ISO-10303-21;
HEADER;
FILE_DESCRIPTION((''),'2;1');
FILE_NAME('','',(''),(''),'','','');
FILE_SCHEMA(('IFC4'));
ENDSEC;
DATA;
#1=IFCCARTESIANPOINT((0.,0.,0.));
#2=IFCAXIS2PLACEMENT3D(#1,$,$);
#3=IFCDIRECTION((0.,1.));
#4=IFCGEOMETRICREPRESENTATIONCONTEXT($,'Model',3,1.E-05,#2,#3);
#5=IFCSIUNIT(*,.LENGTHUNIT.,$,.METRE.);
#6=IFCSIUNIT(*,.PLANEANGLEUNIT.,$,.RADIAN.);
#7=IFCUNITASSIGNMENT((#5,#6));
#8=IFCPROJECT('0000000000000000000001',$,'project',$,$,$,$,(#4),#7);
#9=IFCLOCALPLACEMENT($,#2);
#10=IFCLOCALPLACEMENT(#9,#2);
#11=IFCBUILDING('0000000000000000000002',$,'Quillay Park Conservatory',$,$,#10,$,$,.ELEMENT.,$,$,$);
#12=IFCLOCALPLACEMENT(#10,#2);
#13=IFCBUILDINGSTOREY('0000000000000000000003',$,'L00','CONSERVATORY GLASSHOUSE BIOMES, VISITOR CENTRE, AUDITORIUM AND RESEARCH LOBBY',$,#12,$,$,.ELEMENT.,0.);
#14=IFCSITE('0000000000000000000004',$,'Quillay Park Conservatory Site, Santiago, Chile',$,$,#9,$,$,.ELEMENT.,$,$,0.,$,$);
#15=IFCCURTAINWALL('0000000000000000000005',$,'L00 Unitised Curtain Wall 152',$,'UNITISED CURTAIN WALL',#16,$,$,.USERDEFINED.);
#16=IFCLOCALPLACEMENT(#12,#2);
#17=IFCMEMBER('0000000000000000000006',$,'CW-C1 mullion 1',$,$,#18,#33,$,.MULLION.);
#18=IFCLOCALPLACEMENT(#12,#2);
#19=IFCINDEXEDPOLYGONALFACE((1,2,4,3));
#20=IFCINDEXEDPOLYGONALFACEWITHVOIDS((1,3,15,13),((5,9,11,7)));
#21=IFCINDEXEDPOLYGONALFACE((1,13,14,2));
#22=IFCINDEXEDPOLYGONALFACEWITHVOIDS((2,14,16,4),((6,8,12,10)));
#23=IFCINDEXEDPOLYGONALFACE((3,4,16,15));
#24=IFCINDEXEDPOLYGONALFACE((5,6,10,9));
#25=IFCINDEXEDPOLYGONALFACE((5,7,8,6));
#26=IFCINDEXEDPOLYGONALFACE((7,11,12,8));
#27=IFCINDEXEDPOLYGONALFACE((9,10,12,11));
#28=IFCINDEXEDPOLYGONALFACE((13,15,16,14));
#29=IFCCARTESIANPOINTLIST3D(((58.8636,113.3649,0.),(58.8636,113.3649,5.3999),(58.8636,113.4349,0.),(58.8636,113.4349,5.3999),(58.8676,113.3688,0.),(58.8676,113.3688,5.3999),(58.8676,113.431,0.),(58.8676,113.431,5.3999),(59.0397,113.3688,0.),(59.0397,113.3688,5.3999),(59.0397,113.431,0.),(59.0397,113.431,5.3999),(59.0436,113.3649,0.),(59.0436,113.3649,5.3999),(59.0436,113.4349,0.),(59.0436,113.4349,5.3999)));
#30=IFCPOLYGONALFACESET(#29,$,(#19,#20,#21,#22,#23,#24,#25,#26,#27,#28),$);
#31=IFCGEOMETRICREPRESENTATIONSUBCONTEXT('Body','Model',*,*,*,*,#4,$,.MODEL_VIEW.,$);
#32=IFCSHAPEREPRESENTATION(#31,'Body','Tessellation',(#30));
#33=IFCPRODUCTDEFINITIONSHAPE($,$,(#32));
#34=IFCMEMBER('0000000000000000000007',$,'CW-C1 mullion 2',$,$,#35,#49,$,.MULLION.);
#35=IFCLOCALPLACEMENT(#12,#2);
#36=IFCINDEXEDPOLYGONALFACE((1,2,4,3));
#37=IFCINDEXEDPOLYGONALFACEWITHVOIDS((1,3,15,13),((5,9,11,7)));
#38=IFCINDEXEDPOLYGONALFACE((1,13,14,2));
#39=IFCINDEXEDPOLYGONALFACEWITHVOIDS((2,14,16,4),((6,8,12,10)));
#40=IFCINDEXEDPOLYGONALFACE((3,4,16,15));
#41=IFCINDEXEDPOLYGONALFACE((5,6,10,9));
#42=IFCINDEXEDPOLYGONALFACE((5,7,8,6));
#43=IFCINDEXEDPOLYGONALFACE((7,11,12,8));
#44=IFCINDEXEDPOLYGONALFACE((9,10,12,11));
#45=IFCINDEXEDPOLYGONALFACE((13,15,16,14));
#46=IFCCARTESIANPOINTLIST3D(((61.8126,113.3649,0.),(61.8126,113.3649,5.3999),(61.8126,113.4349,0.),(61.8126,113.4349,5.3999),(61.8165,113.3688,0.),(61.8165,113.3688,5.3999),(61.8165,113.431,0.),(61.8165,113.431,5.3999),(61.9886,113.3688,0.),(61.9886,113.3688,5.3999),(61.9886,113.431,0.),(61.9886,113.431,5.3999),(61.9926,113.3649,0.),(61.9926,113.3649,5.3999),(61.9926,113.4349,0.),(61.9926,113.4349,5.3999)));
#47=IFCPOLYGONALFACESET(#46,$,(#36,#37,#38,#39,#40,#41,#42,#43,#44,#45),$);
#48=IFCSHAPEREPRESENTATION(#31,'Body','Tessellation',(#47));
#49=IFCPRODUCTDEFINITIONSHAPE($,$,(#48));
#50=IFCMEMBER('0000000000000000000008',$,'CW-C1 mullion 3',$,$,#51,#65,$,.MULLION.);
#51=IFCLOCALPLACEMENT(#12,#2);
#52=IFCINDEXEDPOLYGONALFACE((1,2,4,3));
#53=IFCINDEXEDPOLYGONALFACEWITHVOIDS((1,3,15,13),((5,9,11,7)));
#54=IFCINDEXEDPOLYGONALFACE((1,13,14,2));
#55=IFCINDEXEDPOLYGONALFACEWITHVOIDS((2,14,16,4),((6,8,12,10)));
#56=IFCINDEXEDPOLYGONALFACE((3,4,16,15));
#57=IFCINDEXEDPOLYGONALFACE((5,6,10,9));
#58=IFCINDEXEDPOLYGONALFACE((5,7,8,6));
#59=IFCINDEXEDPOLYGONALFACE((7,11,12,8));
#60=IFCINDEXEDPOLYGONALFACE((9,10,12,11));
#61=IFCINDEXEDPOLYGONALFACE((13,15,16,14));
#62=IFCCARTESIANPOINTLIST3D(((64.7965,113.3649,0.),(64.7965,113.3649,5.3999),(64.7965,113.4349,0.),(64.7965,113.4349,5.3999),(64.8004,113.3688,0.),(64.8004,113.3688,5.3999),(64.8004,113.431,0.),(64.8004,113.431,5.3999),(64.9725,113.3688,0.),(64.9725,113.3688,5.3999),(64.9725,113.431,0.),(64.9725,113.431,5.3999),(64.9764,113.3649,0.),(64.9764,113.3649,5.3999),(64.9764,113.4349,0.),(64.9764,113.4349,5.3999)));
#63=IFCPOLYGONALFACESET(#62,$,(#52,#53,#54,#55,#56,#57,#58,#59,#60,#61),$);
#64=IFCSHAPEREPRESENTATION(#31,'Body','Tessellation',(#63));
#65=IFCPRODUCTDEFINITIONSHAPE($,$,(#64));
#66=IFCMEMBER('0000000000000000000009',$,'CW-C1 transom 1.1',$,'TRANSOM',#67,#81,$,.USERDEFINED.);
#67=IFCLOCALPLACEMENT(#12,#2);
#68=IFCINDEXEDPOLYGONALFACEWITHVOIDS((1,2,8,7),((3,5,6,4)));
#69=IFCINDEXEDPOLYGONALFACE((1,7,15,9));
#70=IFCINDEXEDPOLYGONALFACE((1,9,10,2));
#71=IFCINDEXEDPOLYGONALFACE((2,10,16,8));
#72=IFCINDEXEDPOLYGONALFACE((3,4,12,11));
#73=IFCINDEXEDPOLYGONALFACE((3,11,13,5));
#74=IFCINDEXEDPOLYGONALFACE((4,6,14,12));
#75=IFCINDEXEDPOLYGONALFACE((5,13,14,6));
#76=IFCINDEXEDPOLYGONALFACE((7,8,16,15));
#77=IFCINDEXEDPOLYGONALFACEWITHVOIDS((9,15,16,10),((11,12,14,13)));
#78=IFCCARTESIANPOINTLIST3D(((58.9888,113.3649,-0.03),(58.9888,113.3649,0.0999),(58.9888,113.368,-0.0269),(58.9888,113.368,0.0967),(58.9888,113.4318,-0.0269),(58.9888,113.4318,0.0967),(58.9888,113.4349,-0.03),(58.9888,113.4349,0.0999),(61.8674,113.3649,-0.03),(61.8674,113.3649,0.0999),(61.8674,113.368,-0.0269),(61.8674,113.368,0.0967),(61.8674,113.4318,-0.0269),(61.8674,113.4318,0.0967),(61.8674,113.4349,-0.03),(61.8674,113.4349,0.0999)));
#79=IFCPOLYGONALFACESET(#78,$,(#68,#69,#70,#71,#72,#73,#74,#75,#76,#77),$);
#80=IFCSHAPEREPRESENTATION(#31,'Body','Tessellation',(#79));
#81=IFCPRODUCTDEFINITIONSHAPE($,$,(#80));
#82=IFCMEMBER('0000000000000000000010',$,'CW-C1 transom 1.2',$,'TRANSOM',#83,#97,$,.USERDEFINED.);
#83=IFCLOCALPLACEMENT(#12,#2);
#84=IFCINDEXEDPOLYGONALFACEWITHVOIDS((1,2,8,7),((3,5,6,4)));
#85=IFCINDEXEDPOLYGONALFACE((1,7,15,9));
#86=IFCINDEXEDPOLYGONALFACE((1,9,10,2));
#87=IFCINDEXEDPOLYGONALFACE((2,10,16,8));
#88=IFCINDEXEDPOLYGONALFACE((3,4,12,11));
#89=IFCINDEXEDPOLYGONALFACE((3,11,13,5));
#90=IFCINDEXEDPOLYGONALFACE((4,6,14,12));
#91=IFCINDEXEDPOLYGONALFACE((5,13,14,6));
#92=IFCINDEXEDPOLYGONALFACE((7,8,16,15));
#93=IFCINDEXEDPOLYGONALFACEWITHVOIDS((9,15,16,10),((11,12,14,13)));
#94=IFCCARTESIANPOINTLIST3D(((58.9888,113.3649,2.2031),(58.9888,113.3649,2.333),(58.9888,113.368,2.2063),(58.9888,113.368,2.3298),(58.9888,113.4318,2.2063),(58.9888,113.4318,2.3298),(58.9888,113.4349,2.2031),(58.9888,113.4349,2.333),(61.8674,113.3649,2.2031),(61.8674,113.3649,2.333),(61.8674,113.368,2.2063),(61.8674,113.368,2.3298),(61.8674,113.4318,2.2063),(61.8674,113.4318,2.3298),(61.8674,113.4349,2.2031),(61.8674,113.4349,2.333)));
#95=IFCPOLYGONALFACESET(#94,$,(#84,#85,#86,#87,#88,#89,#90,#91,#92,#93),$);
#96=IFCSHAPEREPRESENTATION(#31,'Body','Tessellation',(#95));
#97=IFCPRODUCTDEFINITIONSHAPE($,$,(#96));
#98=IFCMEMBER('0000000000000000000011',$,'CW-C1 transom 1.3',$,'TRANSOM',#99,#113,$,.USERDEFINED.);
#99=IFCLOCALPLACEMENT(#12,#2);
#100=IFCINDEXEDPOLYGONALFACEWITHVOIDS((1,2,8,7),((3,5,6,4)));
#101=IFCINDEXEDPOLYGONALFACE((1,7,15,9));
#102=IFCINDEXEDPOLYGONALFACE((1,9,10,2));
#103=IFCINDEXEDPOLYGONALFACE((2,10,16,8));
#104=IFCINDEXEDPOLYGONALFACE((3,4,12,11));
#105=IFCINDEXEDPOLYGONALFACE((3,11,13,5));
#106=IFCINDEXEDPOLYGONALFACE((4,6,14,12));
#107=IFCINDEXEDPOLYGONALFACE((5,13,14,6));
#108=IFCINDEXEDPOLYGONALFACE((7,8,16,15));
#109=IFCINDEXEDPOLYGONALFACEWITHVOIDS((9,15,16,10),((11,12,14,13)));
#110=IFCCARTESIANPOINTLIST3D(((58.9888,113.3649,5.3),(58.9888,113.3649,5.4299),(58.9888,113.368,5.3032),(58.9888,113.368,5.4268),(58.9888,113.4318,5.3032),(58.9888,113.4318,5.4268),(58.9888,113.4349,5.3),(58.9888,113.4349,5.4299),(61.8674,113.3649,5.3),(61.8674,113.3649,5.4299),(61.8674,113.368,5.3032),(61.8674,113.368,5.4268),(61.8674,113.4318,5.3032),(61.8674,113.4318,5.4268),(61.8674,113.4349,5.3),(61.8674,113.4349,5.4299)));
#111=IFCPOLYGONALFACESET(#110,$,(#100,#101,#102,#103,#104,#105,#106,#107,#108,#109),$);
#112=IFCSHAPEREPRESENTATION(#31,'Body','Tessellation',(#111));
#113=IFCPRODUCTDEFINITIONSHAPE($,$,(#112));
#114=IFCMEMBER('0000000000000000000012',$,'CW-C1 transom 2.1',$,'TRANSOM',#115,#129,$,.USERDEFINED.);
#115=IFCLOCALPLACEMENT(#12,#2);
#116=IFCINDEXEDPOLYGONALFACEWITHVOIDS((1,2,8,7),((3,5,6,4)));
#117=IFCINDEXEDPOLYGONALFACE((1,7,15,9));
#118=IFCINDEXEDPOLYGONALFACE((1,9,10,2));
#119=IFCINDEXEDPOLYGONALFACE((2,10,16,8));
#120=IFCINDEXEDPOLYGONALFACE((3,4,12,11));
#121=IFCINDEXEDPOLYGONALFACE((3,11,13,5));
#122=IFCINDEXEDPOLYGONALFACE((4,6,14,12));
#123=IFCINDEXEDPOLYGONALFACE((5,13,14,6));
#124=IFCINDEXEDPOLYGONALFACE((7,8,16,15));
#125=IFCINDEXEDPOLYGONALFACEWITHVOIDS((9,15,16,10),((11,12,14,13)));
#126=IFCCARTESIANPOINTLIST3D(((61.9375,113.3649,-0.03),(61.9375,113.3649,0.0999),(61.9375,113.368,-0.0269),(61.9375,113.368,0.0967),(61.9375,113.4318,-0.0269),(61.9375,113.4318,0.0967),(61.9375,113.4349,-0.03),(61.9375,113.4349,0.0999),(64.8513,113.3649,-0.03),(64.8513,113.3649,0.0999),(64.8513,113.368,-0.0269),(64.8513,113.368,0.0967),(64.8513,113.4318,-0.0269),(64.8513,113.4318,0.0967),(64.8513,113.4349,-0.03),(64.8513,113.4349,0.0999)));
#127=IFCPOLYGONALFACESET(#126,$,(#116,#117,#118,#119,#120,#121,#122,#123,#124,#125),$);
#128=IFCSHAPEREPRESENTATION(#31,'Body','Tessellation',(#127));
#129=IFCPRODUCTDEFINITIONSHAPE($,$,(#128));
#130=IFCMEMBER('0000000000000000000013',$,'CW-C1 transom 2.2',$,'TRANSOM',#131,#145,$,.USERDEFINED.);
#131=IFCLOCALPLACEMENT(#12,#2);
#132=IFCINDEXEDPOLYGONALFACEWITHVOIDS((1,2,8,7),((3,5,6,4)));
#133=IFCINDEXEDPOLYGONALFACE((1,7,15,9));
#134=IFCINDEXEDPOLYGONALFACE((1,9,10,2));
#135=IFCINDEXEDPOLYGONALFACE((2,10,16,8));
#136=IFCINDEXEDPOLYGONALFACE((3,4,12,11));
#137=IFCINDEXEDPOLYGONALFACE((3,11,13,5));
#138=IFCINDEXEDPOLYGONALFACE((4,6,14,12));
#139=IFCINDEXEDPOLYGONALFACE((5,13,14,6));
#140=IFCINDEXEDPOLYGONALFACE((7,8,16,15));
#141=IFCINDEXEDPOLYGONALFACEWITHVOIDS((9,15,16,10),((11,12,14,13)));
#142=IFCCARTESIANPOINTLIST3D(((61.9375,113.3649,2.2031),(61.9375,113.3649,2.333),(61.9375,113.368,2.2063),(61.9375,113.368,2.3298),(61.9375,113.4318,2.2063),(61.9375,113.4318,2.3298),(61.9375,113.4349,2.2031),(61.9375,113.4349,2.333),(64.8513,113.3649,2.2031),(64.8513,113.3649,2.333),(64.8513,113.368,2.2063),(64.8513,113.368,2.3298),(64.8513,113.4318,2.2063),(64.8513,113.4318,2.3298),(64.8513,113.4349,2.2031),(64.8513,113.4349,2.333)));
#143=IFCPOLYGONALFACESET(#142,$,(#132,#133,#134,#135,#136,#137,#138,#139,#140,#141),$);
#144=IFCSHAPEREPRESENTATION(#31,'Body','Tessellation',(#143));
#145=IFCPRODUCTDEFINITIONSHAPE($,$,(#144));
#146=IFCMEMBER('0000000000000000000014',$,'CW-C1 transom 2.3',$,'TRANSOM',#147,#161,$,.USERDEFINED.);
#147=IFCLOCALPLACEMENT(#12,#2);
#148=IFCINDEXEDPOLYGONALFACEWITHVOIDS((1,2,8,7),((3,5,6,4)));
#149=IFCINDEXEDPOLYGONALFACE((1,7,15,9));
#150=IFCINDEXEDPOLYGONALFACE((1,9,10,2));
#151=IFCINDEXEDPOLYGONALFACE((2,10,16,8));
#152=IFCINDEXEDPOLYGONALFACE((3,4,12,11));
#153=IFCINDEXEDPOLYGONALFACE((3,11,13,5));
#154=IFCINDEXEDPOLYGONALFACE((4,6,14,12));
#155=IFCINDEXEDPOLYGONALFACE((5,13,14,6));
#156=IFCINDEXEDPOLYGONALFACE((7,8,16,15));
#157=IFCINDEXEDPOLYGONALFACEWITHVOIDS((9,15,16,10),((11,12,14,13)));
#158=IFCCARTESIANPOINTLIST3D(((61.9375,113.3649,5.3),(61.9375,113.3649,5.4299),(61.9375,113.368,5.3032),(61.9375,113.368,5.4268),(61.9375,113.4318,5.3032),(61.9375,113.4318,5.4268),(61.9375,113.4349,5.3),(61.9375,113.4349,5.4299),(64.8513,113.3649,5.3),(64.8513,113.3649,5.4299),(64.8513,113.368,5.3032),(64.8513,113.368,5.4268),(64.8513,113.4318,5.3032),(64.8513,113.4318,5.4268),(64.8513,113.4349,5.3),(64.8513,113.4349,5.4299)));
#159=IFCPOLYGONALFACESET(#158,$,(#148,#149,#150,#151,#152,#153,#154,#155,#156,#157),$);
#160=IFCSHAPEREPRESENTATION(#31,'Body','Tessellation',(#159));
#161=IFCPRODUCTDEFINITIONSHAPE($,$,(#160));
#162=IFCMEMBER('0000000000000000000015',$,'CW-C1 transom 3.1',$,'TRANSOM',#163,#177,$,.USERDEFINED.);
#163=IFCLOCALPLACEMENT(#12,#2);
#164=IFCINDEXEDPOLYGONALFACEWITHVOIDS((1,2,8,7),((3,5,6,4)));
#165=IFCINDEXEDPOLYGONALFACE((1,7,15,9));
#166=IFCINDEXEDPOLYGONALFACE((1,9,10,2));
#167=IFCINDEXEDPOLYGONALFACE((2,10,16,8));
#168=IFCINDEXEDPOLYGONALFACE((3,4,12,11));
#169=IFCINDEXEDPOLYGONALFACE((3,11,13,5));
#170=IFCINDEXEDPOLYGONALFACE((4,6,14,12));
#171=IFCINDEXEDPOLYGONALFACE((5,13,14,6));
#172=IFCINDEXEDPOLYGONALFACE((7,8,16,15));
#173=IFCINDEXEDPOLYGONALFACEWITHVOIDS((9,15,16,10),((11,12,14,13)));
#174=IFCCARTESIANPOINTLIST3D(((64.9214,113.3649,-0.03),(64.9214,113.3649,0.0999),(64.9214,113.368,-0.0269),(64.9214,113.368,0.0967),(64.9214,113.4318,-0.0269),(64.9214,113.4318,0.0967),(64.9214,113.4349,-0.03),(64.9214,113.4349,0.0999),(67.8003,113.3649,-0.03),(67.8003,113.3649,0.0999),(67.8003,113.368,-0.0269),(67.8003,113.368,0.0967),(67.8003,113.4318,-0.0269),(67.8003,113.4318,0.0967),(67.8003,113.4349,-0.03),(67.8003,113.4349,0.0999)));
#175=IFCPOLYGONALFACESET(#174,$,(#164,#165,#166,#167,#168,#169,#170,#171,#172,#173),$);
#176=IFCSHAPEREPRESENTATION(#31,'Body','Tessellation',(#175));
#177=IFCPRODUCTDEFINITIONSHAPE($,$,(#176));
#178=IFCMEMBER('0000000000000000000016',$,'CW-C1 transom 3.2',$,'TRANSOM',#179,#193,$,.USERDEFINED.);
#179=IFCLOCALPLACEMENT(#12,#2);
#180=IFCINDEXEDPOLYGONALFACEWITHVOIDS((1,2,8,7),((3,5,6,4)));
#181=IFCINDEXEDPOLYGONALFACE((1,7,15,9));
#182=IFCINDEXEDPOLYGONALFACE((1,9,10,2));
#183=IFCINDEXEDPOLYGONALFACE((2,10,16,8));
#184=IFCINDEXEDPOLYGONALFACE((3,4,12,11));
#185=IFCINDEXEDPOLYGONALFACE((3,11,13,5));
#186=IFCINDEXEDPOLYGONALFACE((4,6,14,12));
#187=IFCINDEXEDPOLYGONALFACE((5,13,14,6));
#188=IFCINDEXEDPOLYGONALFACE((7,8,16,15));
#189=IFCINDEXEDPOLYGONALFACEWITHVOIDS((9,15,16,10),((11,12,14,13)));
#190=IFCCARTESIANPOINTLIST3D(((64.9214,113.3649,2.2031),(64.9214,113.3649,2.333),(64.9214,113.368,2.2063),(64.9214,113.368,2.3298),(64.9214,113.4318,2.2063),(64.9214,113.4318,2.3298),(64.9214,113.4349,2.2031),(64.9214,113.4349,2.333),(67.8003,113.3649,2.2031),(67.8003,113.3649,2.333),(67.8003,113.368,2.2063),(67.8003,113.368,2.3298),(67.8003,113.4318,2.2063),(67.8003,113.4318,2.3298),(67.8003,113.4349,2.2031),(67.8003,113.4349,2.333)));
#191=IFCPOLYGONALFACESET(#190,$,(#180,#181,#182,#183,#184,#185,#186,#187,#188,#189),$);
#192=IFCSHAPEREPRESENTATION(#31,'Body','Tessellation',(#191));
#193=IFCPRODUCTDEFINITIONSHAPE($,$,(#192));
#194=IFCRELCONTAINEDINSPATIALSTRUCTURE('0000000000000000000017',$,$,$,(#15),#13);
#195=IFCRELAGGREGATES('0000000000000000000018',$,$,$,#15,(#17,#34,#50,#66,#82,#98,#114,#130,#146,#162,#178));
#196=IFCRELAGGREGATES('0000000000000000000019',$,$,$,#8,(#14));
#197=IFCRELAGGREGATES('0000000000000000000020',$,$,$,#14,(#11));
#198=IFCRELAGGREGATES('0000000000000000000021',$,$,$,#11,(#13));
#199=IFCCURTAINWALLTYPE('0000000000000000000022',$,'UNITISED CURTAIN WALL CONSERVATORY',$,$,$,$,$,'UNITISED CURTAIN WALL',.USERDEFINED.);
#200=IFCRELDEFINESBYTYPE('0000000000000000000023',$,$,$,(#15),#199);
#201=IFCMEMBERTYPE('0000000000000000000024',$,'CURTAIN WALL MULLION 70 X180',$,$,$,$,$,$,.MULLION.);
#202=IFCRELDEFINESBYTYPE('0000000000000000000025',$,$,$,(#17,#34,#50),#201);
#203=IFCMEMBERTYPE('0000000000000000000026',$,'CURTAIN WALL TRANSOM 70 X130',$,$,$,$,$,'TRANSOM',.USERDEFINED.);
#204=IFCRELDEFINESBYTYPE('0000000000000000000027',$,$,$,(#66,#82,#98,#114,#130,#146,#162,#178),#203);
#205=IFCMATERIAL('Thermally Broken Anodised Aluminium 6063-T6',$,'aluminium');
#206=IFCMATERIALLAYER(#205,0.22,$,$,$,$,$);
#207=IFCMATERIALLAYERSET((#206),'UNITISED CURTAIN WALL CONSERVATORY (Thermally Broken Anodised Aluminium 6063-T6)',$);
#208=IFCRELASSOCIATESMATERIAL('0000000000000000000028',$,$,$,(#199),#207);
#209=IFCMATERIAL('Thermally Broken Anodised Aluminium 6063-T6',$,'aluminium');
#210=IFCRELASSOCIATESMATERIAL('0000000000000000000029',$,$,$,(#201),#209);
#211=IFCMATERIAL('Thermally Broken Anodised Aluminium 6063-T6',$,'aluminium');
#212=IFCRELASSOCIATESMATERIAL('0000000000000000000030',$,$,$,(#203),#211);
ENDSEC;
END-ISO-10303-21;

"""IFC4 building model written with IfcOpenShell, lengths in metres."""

from ifc_helpers import new_model, si_unit, direction, frame, origin, origin_2d, place, context, subcontext, project, spatial, hollow_rectangle, extrude, material, layer, layer_set, material_profile, profile_set, type_object, element, aggregate, save


model = new_model("IFC4")

# Units and contexts
model_context = context("Model", 3, precision=1e-05, world=origin(), true_north=direction((0.0, 1.0)))
body_context = subcontext(model_context, "Body", "Model", "MODEL_VIEW")
ifc_project = project(units=[si_unit("LENGTHUNIT", "METRE"), si_unit("PLANEANGLEUNIT", "RADIAN")], contexts=[model_context])

# Site, building, storey
site_placement = place(None, origin())
site = spatial("IfcSite", under=ifc_project, at=site_placement, Name="Quillay Park Conservatory Site, Santiago, Chile", CompositionType="ELEMENT", RefElevation=0.0)
building_placement = place(site_placement, origin())
building = spatial("IfcBuilding", under=site, at=building_placement, Name="Quillay Park Conservatory", CompositionType="ELEMENT")
storey_placement = place(building_placement, origin())
storey = spatial("IfcBuildingStorey", under=building, at=storey_placement, Name="L00", Description="CONSERVATORY GLASSHOUSE BIOMES, VISITOR CENTRE, AUDITORIUM AND RESEARCH LOBBY", CompositionType="ELEMENT", Elevation=0.0)

# Curtain wall, members
ifc_material_1 = material(Name="Thermally Broken Anodised Aluminium 6063-T6", Category="aluminium")
ifc_layer_1 = layer(ifc_material_1, 0.22)
ifc_layer_set_1 = layer_set([ifc_layer_1], Name="UNITISED CURTAIN WALL CONSERVATORY (Thermally Broken Anodised Aluminium 6063-T6)")
curtain_wall_type = type_object("IfcCurtainWallType", Name="UNITISED CURTAIN WALL CONSERVATORY", ElementType="UNITISED CURTAIN WALL", PredefinedType="USERDEFINED", material=ifc_layer_set_1)
curtain_wall_placement = place(storey_placement, origin())
curtain_wall = element("IfcCurtainWall", 1, at=curtain_wall_placement, inside=storey, type_object=curtain_wall_type, Name="L00 Unitised Curtain Wall 152", ObjectType="UNITISED CURTAIN WALL", PredefinedType="USERDEFINED")
ifc_material_2 = material(Name="Thermally Broken Anodised Aluminium 6063-T6", Category="aluminium")
ifc_material_profile_1 = material_profile(ifc_material_2, hollow_rectangle(XDim=0.0701, YDim=0.1799, WallThickness=0.0039, at=origin_2d()), Name="AL70x180x4")
ifc_profile_set_1 = profile_set([ifc_material_profile_1], Name="Thermally Broken Anodised Aluminium 6063-T6")
member_type_1 = type_object("IfcMemberType", Name="CURTAIN WALL MULLION 70 X180", PredefinedType="MULLION", material=ifc_profile_set_1)
member_1_placement = place(storey_placement, frame((58.9536, 113.3999, 0.0), z_axis=(0.0, 0.0, 1.0), x_axis=(0.0, 1.0, 0.0)))
member_1 = element("IfcMember", 2, at=member_1_placement, type_object=member_type_1, Name="CW-C1 mullion 1", PredefinedType="MULLION", context=body_context, shape_type="SweptSolid", body=[
    extrude(hollow_rectangle(XDim=0.0701, YDim=0.1799, WallThickness=0.0039, at=origin_2d()), origin(), (0.0, 0.0, 1.0), 5.3999),
])
member_2_placement = place(storey_placement, frame((61.9026, 113.3999, 0.0), z_axis=(0.0, 0.0, 1.0), x_axis=(0.0, 1.0, 0.0)))
member_2 = element("IfcMember", 3, at=member_2_placement, type_object=member_type_1, Name="CW-C1 mullion 2", PredefinedType="MULLION", context=body_context, shape_type="SweptSolid", body=[
    extrude(hollow_rectangle(XDim=0.0701, YDim=0.1799, WallThickness=0.0039, at=origin_2d()), origin(), (0.0, 0.0, 1.0), 5.3999),
])
member_3_placement = place(storey_placement, frame((64.8865, 113.3999, 0.0), z_axis=(0.0, 0.0, 1.0), x_axis=(0.0, 1.0, 0.0)))
member_3 = element("IfcMember", 4, at=member_3_placement, type_object=member_type_1, Name="CW-C1 mullion 3", PredefinedType="MULLION", context=body_context, shape_type="SweptSolid", body=[
    extrude(hollow_rectangle(XDim=0.0701, YDim=0.1799, WallThickness=0.0039, at=origin_2d()), origin(), (0.0, 0.0, 1.0), 5.3999),
])
ifc_material_3 = material(Name="Thermally Broken Anodised Aluminium 6063-T6", Category="aluminium")
ifc_material_profile_2 = material_profile(ifc_material_3, hollow_rectangle(XDim=0.0701, YDim=0.1299, WallThickness=0.0032, at=origin_2d()), Name="AL70x130x3.2")
ifc_profile_set_2 = profile_set([ifc_material_profile_2], Name="Thermally Broken Anodised Aluminium 6063-T6")
member_type_2 = type_object("IfcMemberType", Name="CURTAIN WALL TRANSOM 70 X130", ElementType="TRANSOM", PredefinedType="USERDEFINED", material=ifc_profile_set_2)
member_4_placement = place(storey_placement, frame((58.9888, 113.3999, 0.0349), z_axis=(1.0, 0.0, 0.0), x_axis=(0.0, 1.0, 0.0)))
member_4 = element("IfcMember", 5, at=member_4_placement, type_object=member_type_2, Name="CW-C1 transom 1.1", ObjectType="TRANSOM", PredefinedType="USERDEFINED", context=body_context, shape_type="SweptSolid", body=[
    extrude(hollow_rectangle(XDim=0.0701, YDim=0.1299, WallThickness=0.0032, at=origin_2d()), origin(), (0.0, 0.0, 1.0), 2.8787),
])
member_5_placement = place(storey_placement, frame((58.9888, 113.3999, 2.2681), z_axis=(1.0, 0.0, 0.0), x_axis=(0.0, 1.0, 0.0)))
member_5 = element("IfcMember", 6, at=member_5_placement, type_object=member_type_2, Name="CW-C1 transom 1.2", ObjectType="TRANSOM", PredefinedType="USERDEFINED", context=body_context, shape_type="SweptSolid", body=[
    extrude(hollow_rectangle(XDim=0.0701, YDim=0.1299, WallThickness=0.0032, at=origin_2d()), origin(), (0.0, 0.0, 1.0), 2.8787),
])
member_6_placement = place(storey_placement, frame((58.9888, 113.3999, 5.365), z_axis=(1.0, 0.0, 0.0), x_axis=(0.0, 1.0, 0.0)))
member_6 = element("IfcMember", 7, at=member_6_placement, type_object=member_type_2, Name="CW-C1 transom 1.3", ObjectType="TRANSOM", PredefinedType="USERDEFINED", context=body_context, shape_type="SweptSolid", body=[
    extrude(hollow_rectangle(XDim=0.0701, YDim=0.1299, WallThickness=0.0032, at=origin_2d()), origin(), (0.0, 0.0, 1.0), 2.8787),
])
member_7_placement = place(storey_placement, frame((61.9375, 113.3999, 0.0349), z_axis=(1.0, 0.0, 0.0), x_axis=(0.0, 1.0, 0.0)))
member_7 = element("IfcMember", 8, at=member_7_placement, type_object=member_type_2, Name="CW-C1 transom 2.1", ObjectType="TRANSOM", PredefinedType="USERDEFINED", context=body_context, shape_type="SweptSolid", body=[
    extrude(hollow_rectangle(XDim=0.0701, YDim=0.1299, WallThickness=0.0032, at=origin_2d()), origin(), (0.0, 0.0, 1.0), 2.9138),
])
member_8_placement = place(storey_placement, frame((61.9375, 113.3999, 2.2681), z_axis=(1.0, 0.0, 0.0), x_axis=(0.0, 1.0, 0.0)))
member_8 = element("IfcMember", 9, at=member_8_placement, type_object=member_type_2, Name="CW-C1 transom 2.2", ObjectType="TRANSOM", PredefinedType="USERDEFINED", context=body_context, shape_type="SweptSolid", body=[
    extrude(hollow_rectangle(XDim=0.0701, YDim=0.1299, WallThickness=0.0032, at=origin_2d()), origin(), (0.0, 0.0, 1.0), 2.9138),
])
member_9_placement = place(storey_placement, frame((61.9375, 113.3999, 5.365), z_axis=(1.0, 0.0, 0.0), x_axis=(0.0, 1.0, 0.0)))
member_9 = element("IfcMember", 10, at=member_9_placement, type_object=member_type_2, Name="CW-C1 transom 2.3", ObjectType="TRANSOM", PredefinedType="USERDEFINED", context=body_context, shape_type="SweptSolid", body=[
    extrude(hollow_rectangle(XDim=0.0701, YDim=0.1299, WallThickness=0.0032, at=origin_2d()), origin(), (0.0, 0.0, 1.0), 2.9138),
])
member_10_placement = place(storey_placement, frame((64.9214, 113.3999, 0.0349), z_axis=(1.0, 0.0, 0.0), x_axis=(0.0, 1.0, 0.0)))
member_10 = element("IfcMember", 11, at=member_10_placement, type_object=member_type_2, Name="CW-C1 transom 3.1", ObjectType="TRANSOM", PredefinedType="USERDEFINED", context=body_context, shape_type="SweptSolid", body=[
    extrude(hollow_rectangle(XDim=0.0701, YDim=0.1299, WallThickness=0.0032, at=origin_2d()), origin(), (0.0, 0.0, 1.0), 2.8789),
])
member_11_placement = place(storey_placement, frame((64.9214, 113.3999, 2.2681), z_axis=(1.0, 0.0, 0.0), x_axis=(0.0, 1.0, 0.0)))
member_11 = element("IfcMember", 12, at=member_11_placement, type_object=member_type_2, Name="CW-C1 transom 3.2", ObjectType="TRANSOM", PredefinedType="USERDEFINED", context=body_context, shape_type="SweptSolid", body=[
    extrude(hollow_rectangle(XDim=0.0701, YDim=0.1299, WallThickness=0.0032, at=origin_2d()), origin(), (0.0, 0.0, 1.0), 2.8789),
])

aggregate(curtain_wall, [member_1, member_2, member_3, member_4, member_5, member_6, member_7, member_8, member_9, member_10, member_11])

save(model, "model.ifc")
